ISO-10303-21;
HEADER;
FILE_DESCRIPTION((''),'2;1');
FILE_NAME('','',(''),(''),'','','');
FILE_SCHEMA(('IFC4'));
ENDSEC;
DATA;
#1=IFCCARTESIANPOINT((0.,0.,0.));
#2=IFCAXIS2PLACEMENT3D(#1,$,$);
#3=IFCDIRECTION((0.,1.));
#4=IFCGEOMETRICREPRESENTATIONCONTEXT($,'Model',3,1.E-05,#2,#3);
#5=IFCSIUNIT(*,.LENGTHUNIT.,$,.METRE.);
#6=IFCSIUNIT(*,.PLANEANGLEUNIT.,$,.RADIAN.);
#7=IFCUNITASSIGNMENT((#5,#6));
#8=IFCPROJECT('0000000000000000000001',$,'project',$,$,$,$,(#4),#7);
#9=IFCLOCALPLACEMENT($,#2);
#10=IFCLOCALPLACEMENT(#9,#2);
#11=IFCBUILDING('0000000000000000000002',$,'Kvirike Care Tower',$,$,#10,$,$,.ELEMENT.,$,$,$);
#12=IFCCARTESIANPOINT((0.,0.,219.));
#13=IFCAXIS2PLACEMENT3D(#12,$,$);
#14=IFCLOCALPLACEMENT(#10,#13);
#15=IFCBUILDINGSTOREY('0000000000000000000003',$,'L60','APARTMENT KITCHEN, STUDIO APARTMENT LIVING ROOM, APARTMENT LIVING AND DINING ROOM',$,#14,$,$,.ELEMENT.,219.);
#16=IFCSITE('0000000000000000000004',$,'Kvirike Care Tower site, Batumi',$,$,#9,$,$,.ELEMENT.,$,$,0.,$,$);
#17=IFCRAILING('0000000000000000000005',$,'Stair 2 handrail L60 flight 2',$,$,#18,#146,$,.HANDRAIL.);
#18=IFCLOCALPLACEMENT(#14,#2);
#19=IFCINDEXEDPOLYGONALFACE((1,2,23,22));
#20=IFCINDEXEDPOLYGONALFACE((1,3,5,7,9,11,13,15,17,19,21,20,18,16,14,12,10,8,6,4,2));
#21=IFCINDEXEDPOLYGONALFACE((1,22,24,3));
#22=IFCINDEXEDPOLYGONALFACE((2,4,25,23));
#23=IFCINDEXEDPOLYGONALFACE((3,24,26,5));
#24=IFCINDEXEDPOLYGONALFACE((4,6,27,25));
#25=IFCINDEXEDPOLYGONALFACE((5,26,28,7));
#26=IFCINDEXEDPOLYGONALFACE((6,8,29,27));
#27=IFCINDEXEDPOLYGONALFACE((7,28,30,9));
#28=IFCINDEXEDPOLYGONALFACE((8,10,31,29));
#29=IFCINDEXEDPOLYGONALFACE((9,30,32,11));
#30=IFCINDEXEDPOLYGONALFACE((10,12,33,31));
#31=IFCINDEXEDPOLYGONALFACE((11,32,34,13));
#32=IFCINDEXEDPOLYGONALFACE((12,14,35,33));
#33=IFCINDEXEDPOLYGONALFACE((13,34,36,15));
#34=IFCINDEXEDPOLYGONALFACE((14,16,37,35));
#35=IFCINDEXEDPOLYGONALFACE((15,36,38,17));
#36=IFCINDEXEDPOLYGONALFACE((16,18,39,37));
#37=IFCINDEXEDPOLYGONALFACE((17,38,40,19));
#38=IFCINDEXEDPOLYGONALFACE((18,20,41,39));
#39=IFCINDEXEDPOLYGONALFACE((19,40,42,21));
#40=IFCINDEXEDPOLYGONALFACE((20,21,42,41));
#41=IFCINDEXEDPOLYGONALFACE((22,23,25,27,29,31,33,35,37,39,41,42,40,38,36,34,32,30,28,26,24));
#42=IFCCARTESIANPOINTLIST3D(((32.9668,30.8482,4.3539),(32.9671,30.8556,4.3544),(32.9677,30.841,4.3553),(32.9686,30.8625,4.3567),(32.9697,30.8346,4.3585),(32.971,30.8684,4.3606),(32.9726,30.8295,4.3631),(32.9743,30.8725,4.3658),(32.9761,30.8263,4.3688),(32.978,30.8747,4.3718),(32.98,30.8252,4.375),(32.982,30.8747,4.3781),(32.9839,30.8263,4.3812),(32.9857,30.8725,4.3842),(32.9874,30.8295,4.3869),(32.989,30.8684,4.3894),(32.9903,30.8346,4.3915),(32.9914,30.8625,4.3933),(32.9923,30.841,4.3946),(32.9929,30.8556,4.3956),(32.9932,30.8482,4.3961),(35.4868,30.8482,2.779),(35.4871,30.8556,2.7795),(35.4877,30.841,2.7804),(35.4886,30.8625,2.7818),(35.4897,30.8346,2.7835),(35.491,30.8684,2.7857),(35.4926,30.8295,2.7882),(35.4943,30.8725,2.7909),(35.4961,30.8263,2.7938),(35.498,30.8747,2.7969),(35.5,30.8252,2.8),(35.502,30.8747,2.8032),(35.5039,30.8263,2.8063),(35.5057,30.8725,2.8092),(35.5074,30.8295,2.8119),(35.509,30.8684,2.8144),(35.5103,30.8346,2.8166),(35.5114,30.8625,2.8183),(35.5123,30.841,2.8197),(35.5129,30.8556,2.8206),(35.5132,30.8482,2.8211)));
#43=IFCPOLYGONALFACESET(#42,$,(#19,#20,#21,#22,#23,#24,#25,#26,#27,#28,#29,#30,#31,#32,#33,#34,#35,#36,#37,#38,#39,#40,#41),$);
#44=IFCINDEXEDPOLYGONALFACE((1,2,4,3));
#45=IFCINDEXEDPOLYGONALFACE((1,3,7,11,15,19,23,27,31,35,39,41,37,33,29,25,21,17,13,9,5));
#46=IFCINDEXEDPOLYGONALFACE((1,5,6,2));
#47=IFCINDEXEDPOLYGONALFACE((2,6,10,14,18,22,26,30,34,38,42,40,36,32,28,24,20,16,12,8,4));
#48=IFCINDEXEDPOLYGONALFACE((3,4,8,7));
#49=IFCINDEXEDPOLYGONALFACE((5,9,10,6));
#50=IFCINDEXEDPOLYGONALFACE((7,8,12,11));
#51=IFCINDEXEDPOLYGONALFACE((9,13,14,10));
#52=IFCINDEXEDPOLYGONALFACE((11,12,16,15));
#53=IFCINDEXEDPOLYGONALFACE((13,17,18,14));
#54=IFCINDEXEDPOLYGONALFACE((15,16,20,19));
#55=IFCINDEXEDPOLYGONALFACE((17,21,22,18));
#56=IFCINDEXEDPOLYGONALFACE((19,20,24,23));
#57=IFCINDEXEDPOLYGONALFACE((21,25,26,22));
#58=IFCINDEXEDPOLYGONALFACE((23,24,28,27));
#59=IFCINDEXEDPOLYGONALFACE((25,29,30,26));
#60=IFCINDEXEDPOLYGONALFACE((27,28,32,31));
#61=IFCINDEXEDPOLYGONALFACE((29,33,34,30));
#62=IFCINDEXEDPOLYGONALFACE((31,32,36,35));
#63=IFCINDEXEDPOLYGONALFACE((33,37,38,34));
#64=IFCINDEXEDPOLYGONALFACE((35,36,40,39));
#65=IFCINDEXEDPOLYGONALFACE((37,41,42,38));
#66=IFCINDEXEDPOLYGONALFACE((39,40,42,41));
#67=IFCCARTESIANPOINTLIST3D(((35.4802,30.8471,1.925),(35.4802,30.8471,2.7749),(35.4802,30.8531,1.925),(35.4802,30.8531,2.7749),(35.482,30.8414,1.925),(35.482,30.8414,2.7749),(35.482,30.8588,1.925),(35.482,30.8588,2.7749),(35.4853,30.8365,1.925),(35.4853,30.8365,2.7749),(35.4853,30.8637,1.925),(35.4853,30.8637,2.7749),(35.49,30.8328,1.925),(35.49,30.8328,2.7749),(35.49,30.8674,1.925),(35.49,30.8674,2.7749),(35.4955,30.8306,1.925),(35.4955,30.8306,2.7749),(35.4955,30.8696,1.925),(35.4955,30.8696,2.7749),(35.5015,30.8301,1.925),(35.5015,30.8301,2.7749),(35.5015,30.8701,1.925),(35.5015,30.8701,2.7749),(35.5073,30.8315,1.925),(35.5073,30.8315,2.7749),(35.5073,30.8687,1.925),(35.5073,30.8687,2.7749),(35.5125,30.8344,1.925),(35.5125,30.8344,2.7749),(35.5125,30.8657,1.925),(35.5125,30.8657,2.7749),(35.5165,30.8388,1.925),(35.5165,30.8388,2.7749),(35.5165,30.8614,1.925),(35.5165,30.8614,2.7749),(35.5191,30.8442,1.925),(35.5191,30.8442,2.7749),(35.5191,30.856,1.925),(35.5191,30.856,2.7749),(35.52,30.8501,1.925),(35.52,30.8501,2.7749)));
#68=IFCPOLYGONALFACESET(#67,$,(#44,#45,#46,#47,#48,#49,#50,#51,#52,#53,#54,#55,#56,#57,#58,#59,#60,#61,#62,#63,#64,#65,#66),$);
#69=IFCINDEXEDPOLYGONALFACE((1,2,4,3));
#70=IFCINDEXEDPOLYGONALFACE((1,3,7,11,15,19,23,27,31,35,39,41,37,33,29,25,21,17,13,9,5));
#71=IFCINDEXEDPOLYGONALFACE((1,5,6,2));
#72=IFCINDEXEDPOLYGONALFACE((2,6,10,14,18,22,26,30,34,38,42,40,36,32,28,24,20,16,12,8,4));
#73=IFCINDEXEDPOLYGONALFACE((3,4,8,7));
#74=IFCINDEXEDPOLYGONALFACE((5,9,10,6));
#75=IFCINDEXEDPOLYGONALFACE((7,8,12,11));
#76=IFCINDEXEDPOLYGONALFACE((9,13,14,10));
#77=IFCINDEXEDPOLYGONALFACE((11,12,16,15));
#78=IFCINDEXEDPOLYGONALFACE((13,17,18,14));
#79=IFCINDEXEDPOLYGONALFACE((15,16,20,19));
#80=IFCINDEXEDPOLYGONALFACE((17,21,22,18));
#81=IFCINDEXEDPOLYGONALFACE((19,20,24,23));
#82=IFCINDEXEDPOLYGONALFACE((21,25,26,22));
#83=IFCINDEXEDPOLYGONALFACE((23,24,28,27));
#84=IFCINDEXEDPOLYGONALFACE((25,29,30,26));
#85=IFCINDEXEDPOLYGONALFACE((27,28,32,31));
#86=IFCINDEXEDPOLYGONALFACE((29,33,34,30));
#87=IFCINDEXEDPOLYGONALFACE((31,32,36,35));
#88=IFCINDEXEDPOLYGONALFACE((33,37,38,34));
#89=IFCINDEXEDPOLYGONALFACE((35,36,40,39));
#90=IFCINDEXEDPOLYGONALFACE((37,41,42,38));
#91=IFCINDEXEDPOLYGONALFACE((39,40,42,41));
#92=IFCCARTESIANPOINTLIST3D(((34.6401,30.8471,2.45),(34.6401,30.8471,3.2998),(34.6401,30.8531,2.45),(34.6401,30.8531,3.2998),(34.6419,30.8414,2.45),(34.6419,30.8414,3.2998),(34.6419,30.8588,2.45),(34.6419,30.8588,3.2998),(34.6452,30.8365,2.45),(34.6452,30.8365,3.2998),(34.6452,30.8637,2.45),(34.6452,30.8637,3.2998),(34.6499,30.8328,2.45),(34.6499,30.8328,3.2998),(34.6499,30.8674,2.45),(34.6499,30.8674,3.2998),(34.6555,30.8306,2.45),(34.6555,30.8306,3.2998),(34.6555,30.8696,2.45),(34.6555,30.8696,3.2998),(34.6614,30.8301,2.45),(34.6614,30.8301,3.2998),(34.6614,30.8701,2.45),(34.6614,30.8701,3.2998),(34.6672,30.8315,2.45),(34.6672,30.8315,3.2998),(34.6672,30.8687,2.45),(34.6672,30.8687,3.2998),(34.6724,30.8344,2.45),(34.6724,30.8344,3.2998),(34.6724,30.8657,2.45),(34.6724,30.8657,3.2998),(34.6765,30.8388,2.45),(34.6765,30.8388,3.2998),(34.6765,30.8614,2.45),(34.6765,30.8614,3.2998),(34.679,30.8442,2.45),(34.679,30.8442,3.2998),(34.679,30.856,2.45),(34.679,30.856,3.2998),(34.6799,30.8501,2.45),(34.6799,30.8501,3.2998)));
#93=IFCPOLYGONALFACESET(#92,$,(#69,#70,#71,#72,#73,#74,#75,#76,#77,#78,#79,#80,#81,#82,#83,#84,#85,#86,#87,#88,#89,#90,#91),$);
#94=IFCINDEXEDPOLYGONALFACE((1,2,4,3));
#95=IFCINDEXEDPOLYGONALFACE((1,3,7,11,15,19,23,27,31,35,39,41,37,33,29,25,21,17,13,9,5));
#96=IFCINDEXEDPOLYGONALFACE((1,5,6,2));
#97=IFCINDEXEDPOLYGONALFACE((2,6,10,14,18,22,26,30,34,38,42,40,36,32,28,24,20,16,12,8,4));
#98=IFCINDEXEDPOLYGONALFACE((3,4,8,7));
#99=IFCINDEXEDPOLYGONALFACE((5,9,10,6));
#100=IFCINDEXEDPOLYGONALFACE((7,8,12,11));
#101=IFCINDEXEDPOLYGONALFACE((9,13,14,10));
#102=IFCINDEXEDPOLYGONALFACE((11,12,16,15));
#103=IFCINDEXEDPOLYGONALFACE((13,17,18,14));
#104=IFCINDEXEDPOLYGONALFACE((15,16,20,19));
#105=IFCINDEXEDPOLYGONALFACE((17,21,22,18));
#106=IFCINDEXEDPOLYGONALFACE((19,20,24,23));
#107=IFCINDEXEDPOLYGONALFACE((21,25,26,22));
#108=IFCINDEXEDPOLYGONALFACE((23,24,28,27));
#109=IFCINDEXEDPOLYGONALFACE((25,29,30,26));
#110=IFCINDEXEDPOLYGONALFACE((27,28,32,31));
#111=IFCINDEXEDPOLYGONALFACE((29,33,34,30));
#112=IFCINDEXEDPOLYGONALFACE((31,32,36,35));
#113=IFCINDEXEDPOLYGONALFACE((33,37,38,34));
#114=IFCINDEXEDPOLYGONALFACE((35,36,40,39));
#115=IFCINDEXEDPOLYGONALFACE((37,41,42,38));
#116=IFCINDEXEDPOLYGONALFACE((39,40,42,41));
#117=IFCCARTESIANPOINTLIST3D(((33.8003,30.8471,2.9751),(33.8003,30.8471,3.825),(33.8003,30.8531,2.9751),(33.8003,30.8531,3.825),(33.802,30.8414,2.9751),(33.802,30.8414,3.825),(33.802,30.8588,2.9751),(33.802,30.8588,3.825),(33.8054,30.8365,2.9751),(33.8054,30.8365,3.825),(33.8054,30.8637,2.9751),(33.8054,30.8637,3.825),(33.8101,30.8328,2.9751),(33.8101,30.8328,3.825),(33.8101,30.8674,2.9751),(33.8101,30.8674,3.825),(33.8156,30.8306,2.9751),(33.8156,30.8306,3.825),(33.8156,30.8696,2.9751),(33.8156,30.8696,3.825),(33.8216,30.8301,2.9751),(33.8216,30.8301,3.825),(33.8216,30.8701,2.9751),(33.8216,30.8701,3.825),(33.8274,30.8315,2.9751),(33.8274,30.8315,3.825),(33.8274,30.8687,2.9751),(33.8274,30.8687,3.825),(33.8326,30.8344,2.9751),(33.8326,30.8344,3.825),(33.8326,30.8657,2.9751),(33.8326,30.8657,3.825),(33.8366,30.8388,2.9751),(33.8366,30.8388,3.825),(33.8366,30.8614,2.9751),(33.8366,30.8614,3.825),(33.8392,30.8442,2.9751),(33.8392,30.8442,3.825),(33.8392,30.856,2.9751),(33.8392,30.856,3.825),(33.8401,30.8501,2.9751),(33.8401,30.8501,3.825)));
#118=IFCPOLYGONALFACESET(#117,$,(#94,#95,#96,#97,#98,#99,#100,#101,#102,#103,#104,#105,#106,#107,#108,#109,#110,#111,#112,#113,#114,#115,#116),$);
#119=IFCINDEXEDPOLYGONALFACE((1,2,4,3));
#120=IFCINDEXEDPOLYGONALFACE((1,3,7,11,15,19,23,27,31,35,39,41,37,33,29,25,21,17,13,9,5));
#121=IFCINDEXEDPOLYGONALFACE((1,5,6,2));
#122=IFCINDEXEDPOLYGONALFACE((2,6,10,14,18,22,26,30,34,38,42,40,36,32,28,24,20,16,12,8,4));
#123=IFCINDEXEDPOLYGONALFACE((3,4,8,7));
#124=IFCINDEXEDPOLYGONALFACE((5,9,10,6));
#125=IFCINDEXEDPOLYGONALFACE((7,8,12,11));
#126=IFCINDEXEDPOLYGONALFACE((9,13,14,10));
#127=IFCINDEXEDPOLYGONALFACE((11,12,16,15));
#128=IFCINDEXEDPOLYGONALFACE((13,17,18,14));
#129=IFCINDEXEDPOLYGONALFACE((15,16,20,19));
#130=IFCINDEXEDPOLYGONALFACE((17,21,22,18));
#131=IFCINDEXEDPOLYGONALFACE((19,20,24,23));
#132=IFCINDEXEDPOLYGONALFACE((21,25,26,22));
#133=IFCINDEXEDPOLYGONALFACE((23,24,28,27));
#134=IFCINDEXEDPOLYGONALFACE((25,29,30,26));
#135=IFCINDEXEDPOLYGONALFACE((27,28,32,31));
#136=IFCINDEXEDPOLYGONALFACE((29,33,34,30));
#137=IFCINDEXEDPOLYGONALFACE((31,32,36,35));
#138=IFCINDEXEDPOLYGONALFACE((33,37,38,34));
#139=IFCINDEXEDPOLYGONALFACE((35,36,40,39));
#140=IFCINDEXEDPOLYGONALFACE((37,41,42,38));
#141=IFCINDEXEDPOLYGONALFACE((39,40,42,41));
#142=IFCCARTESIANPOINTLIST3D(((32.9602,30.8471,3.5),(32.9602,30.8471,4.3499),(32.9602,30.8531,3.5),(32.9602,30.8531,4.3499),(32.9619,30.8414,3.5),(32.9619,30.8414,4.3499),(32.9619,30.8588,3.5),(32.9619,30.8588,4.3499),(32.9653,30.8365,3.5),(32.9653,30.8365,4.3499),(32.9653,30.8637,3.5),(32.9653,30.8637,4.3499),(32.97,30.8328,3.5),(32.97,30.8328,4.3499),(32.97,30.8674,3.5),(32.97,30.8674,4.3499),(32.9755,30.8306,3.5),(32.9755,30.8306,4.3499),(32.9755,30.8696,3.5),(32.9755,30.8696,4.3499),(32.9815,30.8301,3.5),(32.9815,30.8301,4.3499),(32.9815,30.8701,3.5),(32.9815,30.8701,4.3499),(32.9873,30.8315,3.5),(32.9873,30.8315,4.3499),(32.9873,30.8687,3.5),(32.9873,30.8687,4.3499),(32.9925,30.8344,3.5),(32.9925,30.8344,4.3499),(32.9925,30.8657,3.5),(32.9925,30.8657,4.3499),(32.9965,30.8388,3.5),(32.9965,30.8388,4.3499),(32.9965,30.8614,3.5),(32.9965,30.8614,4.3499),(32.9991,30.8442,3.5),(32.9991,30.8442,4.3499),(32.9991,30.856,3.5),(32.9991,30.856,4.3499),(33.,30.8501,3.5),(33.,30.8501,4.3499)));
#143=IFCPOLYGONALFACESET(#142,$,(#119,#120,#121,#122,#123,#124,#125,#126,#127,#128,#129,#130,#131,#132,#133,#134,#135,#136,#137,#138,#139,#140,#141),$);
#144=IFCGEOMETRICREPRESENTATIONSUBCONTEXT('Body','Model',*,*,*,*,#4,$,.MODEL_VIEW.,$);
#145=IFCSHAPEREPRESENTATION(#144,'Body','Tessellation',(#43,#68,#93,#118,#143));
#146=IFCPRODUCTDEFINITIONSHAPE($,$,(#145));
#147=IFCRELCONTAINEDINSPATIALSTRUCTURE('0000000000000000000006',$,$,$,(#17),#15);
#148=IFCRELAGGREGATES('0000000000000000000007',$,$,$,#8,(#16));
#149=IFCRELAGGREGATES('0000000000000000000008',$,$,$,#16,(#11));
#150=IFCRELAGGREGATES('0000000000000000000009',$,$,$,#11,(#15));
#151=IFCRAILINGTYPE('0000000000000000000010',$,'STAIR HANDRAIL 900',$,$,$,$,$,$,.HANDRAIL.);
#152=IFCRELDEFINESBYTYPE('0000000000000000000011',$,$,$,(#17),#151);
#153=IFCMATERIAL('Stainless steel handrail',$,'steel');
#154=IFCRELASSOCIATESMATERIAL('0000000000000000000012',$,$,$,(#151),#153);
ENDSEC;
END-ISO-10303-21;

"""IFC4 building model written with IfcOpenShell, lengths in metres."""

from ifc_helpers import new_model, si_unit, direction, frame, origin, origin_2d, place, context, subcontext, project, spatial, circle, extrude, material, type_object, element, save


model = new_model("IFC4")

# Units and contexts
model_context = context("Model", 3, precision=1e-05, world=origin(), true_north=direction((0.0, 1.0)))
body_context = subcontext(model_context, "Body", "Model", "MODEL_VIEW")
ifc_project = project(units=[si_unit("LENGTHUNIT", "METRE"), si_unit("PLANEANGLEUNIT", "RADIAN")], contexts=[model_context])

# Site, building, storey
site_placement = place(None, origin())
site = spatial("IfcSite", under=ifc_project, at=site_placement, Name="Kvirike Care Tower site, Batumi", CompositionType="ELEMENT", RefElevation=0.0)
building_placement = place(site_placement, origin())
building = spatial("IfcBuilding", under=site, at=building_placement, Name="Kvirike Care Tower", CompositionType="ELEMENT")
storey_placement = place(building_placement, frame((0.0, 0.0, 219.0)))
storey = spatial("IfcBuildingStorey", under=building, at=storey_placement, Name="L60", Description="APARTMENT KITCHEN, STUDIO APARTMENT LIVING ROOM, APARTMENT LIVING AND DINING ROOM", CompositionType="ELEMENT", Elevation=219.0)

# Railing
ifc_material_1 = material(Name="Stainless steel handrail", Category="steel")
railing_type = type_object("IfcRailingType", Name="STAIR HANDRAIL 900", PredefinedType="HANDRAIL", material=ifc_material_1)
railing_1_placement = place(storey_placement, frame((35.5, 30.8501, 1.925)))
element("IfcRailing", 1, at=railing_1_placement, inside=storey, type_object=railing_type, Name="Stair 2 handrail L60 flight 2", PredefinedType="HANDRAIL", context=body_context, shape_type="SweptSolid", body=[
    extrude(circle(Radius=0.0249, at=origin_2d()), frame((0.0, 0.0, 0.875), z_axis=(-0.848008, 0.0, 0.529984), x_axis=(0.0, -1.0, 0.0)), (0.0, 0.0, 1.0), 2.9717),
    extrude(circle(Radius=0.02, at=origin_2d()), origin(), (0.0, 0.0, 1.0), 0.8499),
    extrude(circle(Radius=0.02, at=origin_2d()), frame((-0.8401, 0.0, 0.5249)), (0.0, 0.0, 1.0), 0.8499),
    extrude(circle(Radius=0.02, at=origin_2d()), frame((-1.6799, 0.0, 1.05)), (0.0, 0.0, 1.0), 0.8499),
    extrude(circle(Radius=0.02, at=origin_2d()), frame((-2.52, 0.0, 1.575)), (0.0, 0.0, 1.0), 0.8499),
])

save(model, "model.ifc")
